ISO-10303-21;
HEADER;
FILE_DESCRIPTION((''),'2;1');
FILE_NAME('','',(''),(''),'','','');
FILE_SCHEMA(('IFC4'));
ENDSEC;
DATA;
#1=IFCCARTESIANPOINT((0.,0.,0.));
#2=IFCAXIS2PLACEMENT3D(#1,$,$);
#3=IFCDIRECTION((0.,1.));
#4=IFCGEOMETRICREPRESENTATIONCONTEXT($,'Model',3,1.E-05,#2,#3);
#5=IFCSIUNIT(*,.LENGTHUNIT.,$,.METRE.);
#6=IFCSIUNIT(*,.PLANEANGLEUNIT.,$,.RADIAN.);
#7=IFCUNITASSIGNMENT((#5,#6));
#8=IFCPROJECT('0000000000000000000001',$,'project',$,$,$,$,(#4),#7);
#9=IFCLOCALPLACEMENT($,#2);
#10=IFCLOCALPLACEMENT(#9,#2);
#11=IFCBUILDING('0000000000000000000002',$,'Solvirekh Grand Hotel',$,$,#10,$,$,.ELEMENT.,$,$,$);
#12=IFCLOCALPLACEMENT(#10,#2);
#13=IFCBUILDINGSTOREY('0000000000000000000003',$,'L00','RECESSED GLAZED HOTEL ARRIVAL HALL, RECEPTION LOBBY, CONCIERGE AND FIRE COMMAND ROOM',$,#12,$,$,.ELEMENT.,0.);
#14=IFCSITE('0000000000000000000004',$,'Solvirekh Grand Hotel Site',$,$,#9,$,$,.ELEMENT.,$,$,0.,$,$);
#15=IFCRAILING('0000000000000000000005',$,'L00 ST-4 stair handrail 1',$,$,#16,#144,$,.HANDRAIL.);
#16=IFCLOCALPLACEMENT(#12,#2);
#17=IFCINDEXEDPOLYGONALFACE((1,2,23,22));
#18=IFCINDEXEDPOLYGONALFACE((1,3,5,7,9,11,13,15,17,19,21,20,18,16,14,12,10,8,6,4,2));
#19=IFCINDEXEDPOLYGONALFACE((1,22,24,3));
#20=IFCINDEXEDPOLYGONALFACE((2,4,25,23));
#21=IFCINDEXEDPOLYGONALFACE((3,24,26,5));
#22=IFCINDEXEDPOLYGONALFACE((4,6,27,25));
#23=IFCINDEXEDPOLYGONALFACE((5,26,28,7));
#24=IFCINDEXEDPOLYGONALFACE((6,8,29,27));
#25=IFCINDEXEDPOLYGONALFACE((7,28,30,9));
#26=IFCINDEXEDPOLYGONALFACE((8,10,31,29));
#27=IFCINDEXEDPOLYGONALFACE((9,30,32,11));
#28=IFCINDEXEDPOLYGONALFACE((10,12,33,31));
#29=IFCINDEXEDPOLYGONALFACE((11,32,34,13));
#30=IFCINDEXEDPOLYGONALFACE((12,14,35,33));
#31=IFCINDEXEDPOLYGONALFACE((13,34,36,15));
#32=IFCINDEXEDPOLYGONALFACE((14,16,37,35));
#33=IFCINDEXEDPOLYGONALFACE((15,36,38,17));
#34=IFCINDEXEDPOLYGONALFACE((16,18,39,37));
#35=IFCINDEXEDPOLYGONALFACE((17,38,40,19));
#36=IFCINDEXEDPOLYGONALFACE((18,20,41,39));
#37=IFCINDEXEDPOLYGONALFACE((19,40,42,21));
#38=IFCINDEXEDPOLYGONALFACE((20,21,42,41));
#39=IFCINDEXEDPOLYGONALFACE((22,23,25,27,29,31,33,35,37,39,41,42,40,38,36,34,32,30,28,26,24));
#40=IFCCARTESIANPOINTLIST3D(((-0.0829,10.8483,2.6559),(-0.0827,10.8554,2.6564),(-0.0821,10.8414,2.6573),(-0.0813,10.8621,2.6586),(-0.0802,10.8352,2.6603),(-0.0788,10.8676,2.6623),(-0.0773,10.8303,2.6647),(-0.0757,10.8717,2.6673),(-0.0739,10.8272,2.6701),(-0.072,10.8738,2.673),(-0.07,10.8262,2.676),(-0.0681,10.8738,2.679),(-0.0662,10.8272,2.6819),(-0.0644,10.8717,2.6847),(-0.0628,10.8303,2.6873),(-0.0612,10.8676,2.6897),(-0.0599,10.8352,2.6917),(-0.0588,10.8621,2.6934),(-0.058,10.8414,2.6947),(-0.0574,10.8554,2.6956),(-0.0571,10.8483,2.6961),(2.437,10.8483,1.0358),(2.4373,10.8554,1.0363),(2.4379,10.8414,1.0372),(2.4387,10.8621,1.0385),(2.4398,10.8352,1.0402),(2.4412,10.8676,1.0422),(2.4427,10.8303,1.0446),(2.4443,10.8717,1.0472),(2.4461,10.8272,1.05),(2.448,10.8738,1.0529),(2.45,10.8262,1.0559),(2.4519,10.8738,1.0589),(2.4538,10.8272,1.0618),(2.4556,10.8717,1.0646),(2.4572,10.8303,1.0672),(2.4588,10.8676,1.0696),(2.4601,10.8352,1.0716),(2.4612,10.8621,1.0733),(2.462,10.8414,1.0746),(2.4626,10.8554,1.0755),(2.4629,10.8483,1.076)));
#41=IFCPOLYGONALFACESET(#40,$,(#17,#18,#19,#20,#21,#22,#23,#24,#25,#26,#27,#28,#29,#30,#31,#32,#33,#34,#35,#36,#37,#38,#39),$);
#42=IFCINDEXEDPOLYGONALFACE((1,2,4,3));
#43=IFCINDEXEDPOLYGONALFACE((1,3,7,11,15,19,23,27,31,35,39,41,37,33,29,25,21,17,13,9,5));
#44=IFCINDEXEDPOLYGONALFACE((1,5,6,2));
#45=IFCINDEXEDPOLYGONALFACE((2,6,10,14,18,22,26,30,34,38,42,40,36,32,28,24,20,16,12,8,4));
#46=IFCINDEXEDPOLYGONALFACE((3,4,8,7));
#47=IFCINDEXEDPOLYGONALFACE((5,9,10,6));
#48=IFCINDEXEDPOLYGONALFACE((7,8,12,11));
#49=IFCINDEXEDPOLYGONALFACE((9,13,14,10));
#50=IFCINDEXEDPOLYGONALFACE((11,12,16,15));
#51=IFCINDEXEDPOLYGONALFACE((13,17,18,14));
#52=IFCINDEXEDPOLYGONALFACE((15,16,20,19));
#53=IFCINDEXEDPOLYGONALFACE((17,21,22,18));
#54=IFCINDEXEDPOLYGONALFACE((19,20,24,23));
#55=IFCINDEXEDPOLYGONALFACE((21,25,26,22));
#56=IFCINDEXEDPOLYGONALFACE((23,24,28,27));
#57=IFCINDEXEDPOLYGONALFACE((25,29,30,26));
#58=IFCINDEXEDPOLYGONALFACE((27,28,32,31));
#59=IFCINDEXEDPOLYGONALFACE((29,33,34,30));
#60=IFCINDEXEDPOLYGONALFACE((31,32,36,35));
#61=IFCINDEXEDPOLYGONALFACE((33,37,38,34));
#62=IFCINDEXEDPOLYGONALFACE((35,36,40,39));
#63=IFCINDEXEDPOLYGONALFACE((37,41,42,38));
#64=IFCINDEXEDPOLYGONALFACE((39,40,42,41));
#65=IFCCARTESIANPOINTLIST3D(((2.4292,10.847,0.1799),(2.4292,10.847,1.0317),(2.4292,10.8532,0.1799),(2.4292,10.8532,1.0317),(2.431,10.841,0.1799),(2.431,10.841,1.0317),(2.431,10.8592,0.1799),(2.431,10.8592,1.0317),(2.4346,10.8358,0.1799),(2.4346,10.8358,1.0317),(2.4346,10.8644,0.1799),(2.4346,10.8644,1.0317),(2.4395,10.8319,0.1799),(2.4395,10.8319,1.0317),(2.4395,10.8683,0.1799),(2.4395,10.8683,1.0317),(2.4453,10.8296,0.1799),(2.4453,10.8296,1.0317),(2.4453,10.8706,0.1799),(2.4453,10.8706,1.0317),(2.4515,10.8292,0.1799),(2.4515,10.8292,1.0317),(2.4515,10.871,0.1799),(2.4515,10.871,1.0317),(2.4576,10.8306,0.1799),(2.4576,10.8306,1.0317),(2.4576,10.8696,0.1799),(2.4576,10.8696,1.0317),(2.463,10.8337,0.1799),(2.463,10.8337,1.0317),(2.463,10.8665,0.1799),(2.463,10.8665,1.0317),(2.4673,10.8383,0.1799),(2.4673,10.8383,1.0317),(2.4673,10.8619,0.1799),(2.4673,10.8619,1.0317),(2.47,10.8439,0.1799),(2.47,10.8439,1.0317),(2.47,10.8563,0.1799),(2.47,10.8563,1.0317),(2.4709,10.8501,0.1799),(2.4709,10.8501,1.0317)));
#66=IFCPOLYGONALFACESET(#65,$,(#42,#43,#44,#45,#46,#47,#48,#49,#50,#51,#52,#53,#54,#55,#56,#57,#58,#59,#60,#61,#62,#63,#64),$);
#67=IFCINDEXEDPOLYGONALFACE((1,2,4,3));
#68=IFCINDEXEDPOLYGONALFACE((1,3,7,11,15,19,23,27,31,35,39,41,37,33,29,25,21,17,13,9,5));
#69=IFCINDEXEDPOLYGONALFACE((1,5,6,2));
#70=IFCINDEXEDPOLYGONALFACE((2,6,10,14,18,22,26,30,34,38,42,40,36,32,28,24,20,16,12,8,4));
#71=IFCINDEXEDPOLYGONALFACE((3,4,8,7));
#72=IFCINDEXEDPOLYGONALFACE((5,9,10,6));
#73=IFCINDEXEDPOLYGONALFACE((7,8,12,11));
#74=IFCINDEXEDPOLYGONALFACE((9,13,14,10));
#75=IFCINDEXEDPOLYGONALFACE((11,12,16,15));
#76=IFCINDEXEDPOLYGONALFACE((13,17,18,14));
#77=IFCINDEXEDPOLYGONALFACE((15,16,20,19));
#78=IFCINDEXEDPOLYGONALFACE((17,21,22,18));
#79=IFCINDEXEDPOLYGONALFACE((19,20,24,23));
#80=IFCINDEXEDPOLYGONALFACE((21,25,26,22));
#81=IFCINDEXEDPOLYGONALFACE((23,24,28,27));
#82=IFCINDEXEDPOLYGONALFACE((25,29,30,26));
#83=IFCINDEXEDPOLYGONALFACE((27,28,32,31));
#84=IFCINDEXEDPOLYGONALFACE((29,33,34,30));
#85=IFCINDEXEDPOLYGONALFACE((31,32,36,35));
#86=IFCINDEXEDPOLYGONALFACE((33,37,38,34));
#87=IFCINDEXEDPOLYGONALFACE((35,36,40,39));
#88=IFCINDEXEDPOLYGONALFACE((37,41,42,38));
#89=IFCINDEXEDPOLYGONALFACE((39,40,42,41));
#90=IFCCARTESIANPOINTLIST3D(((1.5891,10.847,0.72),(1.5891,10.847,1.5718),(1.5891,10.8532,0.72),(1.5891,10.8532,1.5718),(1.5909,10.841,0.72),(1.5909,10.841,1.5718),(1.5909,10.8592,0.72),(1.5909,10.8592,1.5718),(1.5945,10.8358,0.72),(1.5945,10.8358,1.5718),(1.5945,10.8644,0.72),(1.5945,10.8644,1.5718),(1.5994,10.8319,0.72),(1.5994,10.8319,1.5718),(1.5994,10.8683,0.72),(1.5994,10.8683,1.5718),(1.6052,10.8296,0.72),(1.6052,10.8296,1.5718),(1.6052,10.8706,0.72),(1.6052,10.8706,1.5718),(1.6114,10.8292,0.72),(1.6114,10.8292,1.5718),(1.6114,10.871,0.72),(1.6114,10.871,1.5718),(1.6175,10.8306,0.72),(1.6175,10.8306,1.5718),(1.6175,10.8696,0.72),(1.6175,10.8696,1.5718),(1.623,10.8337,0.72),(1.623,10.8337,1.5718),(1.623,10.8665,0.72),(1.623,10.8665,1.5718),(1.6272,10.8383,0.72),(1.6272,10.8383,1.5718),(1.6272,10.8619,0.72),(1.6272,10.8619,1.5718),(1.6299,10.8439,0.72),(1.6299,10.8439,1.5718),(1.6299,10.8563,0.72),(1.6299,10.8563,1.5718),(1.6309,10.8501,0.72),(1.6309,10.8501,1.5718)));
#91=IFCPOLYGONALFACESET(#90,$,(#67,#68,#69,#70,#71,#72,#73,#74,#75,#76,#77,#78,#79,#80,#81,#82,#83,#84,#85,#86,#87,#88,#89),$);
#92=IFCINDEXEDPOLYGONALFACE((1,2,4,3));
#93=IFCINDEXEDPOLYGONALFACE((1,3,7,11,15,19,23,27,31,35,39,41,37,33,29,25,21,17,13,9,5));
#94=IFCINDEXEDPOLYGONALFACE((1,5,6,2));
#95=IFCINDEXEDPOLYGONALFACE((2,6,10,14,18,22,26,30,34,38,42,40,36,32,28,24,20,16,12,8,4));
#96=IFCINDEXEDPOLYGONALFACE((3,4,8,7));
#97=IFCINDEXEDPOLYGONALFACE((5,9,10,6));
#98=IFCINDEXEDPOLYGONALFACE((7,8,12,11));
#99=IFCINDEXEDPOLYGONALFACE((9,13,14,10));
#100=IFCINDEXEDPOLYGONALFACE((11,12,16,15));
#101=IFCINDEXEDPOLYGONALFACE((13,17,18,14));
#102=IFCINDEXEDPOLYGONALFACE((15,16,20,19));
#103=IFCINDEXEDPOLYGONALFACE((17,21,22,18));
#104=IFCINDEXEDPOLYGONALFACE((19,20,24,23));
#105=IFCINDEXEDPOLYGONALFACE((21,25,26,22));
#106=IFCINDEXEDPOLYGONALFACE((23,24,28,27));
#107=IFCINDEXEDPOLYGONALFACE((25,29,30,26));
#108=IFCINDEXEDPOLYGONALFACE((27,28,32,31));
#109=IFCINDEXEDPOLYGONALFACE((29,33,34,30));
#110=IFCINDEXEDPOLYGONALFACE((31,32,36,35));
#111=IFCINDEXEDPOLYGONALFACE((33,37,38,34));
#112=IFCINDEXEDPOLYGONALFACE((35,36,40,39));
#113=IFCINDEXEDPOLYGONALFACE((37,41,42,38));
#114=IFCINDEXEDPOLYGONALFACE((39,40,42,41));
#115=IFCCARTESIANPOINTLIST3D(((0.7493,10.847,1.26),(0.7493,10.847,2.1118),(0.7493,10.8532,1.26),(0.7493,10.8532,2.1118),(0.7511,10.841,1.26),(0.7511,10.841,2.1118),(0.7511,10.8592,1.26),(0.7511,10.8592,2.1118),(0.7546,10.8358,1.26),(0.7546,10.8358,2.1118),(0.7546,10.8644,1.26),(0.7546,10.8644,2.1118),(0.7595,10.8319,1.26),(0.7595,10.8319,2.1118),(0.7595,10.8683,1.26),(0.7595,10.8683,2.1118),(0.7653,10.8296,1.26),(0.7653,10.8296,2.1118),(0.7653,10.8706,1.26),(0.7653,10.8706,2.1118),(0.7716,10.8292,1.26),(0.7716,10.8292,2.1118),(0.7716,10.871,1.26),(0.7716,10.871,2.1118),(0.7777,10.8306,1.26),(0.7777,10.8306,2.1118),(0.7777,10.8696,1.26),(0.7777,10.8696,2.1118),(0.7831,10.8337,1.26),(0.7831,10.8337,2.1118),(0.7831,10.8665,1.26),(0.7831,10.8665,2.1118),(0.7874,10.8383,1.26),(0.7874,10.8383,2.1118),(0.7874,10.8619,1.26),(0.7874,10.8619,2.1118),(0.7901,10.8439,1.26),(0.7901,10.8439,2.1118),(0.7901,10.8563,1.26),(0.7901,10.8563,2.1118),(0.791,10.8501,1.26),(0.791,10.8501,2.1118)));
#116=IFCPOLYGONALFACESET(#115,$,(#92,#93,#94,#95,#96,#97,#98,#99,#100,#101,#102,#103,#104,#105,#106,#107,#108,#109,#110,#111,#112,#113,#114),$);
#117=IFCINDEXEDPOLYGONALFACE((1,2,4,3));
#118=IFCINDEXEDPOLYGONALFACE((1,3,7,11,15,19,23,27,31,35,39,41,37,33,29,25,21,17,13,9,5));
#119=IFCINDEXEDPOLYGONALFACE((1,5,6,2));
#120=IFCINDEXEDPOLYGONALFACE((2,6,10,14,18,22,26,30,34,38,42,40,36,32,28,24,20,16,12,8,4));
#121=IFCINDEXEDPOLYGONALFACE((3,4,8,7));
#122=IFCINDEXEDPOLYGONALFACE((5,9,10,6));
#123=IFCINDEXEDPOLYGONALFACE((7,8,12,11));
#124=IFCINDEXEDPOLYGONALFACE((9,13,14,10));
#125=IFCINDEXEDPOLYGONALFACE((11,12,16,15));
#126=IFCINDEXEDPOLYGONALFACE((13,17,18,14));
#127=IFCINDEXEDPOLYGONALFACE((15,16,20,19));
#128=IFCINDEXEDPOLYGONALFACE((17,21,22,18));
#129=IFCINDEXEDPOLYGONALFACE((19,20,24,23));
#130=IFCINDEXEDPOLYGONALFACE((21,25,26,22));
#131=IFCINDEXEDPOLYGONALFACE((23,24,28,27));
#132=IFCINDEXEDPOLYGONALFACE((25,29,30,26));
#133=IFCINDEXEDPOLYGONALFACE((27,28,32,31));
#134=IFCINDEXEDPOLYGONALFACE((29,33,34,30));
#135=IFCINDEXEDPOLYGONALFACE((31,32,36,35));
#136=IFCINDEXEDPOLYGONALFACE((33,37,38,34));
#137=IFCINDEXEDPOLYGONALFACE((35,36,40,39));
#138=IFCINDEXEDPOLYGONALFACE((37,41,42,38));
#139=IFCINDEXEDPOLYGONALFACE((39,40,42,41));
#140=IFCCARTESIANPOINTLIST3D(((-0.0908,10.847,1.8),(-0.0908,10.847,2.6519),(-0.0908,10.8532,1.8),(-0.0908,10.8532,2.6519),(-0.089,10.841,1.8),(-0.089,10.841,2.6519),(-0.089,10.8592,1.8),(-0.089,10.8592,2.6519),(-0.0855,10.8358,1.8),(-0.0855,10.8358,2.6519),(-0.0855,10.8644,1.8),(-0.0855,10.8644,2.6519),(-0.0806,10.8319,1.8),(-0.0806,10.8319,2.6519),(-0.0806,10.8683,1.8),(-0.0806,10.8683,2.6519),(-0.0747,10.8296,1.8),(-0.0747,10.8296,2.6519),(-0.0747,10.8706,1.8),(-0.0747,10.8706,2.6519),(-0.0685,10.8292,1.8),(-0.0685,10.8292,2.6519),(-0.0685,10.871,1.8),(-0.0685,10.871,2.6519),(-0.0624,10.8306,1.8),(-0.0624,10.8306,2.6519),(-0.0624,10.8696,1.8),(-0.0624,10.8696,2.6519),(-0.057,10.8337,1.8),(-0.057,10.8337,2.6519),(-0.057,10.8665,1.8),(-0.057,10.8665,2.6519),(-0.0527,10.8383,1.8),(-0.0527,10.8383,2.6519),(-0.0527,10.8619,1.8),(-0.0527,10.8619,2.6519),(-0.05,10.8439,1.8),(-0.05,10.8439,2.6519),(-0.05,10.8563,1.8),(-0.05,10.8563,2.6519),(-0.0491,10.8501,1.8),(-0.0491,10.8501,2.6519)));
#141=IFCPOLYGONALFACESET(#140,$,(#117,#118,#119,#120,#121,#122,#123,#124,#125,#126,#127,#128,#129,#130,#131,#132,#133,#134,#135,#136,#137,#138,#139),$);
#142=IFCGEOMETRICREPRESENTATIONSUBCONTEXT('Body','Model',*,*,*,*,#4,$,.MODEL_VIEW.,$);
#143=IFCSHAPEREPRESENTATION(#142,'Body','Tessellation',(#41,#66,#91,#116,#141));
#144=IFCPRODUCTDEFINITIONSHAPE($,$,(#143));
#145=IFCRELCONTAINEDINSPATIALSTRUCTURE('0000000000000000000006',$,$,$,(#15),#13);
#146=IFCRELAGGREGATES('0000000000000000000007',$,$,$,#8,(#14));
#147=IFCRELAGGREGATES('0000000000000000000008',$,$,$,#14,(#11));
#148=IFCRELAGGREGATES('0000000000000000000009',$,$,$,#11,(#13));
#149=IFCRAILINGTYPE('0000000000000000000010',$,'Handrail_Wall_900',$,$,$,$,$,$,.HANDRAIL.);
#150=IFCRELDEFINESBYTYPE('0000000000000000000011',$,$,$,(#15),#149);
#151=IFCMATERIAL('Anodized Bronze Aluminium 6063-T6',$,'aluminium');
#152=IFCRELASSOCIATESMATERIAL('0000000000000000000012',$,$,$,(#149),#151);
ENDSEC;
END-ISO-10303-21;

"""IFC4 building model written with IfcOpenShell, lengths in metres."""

from ifc_helpers import new_model, si_unit, direction, frame, origin, origin_2d, place, context, subcontext, project, spatial, circle, extrude, material, type_object, element, save


model = new_model("IFC4")

# Units and contexts
model_context = context("Model", 3, precision=1e-05, world=origin(), true_north=direction((0.0, 1.0)))
body_context = subcontext(model_context, "Body", "Model", "MODEL_VIEW")
ifc_project = project(units=[si_unit("LENGTHUNIT", "METRE"), si_unit("PLANEANGLEUNIT", "RADIAN")], contexts=[model_context])

# Site, building, storey
site_placement = place(None, origin())
site = spatial("IfcSite", under=ifc_project, at=site_placement, Name="Solvirekh Grand Hotel Site", CompositionType="ELEMENT", RefElevation=0.0)
building_placement = place(site_placement, origin())
building = spatial("IfcBuilding", under=site, at=building_placement, Name="Solvirekh Grand Hotel", CompositionType="ELEMENT")
storey_placement = place(building_placement, origin())
storey = spatial("IfcBuildingStorey", under=building, at=storey_placement, Name="L00", Description="RECESSED GLAZED HOTEL ARRIVAL HALL, RECEPTION LOBBY, CONCIERGE AND FIRE COMMAND ROOM", CompositionType="ELEMENT", Elevation=0.0)

# Shared definitions
ifc_material_1 = material(Name="Anodized Bronze Aluminium 6063-T6", Category="aluminium")

# Railing
railing_type_1 = type_object("IfcRailingType", Name="Handrail_Wall_900", PredefinedType="HANDRAIL", material=ifc_material_1)
railing_1_placement = place(storey_placement, frame((2.45, 10.8501, 0.1799)))
element("IfcRailing", 1, at=railing_1_placement, inside=storey, type_object=railing_type_1, Name="L00 ST-4 stair handrail 1", PredefinedType="HANDRAIL", context=body_context, shape_type="SweptSolid", body=[
    extrude(circle(Radius=0.0239, at=origin_2d()), frame((0.0, 0.0, 0.876), z_axis=(-0.841163, 0.0, 0.540782), x_axis=(0.0, -1.0, 0.0)), (0.0, 0.0, 1.0), 2.9958),
    extrude(circle(Radius=0.021, at=origin_2d()), origin(), (0.0, 0.0, 1.0), 0.8518),
    extrude(circle(Radius=0.021, at=origin_2d()), frame((-0.8401, 0.0, 0.54)), (0.0, 0.0, 1.0), 0.8518),
    extrude(circle(Radius=0.021, at=origin_2d()), frame((-1.6799, 0.0, 1.0801)), (0.0, 0.0, 1.0), 0.8518),
    extrude(circle(Radius=0.021, at=origin_2d()), frame((-2.52, 0.0, 1.6201)), (0.0, 0.0, 1.0), 0.8518),
])

save(model, "model.ifc")
